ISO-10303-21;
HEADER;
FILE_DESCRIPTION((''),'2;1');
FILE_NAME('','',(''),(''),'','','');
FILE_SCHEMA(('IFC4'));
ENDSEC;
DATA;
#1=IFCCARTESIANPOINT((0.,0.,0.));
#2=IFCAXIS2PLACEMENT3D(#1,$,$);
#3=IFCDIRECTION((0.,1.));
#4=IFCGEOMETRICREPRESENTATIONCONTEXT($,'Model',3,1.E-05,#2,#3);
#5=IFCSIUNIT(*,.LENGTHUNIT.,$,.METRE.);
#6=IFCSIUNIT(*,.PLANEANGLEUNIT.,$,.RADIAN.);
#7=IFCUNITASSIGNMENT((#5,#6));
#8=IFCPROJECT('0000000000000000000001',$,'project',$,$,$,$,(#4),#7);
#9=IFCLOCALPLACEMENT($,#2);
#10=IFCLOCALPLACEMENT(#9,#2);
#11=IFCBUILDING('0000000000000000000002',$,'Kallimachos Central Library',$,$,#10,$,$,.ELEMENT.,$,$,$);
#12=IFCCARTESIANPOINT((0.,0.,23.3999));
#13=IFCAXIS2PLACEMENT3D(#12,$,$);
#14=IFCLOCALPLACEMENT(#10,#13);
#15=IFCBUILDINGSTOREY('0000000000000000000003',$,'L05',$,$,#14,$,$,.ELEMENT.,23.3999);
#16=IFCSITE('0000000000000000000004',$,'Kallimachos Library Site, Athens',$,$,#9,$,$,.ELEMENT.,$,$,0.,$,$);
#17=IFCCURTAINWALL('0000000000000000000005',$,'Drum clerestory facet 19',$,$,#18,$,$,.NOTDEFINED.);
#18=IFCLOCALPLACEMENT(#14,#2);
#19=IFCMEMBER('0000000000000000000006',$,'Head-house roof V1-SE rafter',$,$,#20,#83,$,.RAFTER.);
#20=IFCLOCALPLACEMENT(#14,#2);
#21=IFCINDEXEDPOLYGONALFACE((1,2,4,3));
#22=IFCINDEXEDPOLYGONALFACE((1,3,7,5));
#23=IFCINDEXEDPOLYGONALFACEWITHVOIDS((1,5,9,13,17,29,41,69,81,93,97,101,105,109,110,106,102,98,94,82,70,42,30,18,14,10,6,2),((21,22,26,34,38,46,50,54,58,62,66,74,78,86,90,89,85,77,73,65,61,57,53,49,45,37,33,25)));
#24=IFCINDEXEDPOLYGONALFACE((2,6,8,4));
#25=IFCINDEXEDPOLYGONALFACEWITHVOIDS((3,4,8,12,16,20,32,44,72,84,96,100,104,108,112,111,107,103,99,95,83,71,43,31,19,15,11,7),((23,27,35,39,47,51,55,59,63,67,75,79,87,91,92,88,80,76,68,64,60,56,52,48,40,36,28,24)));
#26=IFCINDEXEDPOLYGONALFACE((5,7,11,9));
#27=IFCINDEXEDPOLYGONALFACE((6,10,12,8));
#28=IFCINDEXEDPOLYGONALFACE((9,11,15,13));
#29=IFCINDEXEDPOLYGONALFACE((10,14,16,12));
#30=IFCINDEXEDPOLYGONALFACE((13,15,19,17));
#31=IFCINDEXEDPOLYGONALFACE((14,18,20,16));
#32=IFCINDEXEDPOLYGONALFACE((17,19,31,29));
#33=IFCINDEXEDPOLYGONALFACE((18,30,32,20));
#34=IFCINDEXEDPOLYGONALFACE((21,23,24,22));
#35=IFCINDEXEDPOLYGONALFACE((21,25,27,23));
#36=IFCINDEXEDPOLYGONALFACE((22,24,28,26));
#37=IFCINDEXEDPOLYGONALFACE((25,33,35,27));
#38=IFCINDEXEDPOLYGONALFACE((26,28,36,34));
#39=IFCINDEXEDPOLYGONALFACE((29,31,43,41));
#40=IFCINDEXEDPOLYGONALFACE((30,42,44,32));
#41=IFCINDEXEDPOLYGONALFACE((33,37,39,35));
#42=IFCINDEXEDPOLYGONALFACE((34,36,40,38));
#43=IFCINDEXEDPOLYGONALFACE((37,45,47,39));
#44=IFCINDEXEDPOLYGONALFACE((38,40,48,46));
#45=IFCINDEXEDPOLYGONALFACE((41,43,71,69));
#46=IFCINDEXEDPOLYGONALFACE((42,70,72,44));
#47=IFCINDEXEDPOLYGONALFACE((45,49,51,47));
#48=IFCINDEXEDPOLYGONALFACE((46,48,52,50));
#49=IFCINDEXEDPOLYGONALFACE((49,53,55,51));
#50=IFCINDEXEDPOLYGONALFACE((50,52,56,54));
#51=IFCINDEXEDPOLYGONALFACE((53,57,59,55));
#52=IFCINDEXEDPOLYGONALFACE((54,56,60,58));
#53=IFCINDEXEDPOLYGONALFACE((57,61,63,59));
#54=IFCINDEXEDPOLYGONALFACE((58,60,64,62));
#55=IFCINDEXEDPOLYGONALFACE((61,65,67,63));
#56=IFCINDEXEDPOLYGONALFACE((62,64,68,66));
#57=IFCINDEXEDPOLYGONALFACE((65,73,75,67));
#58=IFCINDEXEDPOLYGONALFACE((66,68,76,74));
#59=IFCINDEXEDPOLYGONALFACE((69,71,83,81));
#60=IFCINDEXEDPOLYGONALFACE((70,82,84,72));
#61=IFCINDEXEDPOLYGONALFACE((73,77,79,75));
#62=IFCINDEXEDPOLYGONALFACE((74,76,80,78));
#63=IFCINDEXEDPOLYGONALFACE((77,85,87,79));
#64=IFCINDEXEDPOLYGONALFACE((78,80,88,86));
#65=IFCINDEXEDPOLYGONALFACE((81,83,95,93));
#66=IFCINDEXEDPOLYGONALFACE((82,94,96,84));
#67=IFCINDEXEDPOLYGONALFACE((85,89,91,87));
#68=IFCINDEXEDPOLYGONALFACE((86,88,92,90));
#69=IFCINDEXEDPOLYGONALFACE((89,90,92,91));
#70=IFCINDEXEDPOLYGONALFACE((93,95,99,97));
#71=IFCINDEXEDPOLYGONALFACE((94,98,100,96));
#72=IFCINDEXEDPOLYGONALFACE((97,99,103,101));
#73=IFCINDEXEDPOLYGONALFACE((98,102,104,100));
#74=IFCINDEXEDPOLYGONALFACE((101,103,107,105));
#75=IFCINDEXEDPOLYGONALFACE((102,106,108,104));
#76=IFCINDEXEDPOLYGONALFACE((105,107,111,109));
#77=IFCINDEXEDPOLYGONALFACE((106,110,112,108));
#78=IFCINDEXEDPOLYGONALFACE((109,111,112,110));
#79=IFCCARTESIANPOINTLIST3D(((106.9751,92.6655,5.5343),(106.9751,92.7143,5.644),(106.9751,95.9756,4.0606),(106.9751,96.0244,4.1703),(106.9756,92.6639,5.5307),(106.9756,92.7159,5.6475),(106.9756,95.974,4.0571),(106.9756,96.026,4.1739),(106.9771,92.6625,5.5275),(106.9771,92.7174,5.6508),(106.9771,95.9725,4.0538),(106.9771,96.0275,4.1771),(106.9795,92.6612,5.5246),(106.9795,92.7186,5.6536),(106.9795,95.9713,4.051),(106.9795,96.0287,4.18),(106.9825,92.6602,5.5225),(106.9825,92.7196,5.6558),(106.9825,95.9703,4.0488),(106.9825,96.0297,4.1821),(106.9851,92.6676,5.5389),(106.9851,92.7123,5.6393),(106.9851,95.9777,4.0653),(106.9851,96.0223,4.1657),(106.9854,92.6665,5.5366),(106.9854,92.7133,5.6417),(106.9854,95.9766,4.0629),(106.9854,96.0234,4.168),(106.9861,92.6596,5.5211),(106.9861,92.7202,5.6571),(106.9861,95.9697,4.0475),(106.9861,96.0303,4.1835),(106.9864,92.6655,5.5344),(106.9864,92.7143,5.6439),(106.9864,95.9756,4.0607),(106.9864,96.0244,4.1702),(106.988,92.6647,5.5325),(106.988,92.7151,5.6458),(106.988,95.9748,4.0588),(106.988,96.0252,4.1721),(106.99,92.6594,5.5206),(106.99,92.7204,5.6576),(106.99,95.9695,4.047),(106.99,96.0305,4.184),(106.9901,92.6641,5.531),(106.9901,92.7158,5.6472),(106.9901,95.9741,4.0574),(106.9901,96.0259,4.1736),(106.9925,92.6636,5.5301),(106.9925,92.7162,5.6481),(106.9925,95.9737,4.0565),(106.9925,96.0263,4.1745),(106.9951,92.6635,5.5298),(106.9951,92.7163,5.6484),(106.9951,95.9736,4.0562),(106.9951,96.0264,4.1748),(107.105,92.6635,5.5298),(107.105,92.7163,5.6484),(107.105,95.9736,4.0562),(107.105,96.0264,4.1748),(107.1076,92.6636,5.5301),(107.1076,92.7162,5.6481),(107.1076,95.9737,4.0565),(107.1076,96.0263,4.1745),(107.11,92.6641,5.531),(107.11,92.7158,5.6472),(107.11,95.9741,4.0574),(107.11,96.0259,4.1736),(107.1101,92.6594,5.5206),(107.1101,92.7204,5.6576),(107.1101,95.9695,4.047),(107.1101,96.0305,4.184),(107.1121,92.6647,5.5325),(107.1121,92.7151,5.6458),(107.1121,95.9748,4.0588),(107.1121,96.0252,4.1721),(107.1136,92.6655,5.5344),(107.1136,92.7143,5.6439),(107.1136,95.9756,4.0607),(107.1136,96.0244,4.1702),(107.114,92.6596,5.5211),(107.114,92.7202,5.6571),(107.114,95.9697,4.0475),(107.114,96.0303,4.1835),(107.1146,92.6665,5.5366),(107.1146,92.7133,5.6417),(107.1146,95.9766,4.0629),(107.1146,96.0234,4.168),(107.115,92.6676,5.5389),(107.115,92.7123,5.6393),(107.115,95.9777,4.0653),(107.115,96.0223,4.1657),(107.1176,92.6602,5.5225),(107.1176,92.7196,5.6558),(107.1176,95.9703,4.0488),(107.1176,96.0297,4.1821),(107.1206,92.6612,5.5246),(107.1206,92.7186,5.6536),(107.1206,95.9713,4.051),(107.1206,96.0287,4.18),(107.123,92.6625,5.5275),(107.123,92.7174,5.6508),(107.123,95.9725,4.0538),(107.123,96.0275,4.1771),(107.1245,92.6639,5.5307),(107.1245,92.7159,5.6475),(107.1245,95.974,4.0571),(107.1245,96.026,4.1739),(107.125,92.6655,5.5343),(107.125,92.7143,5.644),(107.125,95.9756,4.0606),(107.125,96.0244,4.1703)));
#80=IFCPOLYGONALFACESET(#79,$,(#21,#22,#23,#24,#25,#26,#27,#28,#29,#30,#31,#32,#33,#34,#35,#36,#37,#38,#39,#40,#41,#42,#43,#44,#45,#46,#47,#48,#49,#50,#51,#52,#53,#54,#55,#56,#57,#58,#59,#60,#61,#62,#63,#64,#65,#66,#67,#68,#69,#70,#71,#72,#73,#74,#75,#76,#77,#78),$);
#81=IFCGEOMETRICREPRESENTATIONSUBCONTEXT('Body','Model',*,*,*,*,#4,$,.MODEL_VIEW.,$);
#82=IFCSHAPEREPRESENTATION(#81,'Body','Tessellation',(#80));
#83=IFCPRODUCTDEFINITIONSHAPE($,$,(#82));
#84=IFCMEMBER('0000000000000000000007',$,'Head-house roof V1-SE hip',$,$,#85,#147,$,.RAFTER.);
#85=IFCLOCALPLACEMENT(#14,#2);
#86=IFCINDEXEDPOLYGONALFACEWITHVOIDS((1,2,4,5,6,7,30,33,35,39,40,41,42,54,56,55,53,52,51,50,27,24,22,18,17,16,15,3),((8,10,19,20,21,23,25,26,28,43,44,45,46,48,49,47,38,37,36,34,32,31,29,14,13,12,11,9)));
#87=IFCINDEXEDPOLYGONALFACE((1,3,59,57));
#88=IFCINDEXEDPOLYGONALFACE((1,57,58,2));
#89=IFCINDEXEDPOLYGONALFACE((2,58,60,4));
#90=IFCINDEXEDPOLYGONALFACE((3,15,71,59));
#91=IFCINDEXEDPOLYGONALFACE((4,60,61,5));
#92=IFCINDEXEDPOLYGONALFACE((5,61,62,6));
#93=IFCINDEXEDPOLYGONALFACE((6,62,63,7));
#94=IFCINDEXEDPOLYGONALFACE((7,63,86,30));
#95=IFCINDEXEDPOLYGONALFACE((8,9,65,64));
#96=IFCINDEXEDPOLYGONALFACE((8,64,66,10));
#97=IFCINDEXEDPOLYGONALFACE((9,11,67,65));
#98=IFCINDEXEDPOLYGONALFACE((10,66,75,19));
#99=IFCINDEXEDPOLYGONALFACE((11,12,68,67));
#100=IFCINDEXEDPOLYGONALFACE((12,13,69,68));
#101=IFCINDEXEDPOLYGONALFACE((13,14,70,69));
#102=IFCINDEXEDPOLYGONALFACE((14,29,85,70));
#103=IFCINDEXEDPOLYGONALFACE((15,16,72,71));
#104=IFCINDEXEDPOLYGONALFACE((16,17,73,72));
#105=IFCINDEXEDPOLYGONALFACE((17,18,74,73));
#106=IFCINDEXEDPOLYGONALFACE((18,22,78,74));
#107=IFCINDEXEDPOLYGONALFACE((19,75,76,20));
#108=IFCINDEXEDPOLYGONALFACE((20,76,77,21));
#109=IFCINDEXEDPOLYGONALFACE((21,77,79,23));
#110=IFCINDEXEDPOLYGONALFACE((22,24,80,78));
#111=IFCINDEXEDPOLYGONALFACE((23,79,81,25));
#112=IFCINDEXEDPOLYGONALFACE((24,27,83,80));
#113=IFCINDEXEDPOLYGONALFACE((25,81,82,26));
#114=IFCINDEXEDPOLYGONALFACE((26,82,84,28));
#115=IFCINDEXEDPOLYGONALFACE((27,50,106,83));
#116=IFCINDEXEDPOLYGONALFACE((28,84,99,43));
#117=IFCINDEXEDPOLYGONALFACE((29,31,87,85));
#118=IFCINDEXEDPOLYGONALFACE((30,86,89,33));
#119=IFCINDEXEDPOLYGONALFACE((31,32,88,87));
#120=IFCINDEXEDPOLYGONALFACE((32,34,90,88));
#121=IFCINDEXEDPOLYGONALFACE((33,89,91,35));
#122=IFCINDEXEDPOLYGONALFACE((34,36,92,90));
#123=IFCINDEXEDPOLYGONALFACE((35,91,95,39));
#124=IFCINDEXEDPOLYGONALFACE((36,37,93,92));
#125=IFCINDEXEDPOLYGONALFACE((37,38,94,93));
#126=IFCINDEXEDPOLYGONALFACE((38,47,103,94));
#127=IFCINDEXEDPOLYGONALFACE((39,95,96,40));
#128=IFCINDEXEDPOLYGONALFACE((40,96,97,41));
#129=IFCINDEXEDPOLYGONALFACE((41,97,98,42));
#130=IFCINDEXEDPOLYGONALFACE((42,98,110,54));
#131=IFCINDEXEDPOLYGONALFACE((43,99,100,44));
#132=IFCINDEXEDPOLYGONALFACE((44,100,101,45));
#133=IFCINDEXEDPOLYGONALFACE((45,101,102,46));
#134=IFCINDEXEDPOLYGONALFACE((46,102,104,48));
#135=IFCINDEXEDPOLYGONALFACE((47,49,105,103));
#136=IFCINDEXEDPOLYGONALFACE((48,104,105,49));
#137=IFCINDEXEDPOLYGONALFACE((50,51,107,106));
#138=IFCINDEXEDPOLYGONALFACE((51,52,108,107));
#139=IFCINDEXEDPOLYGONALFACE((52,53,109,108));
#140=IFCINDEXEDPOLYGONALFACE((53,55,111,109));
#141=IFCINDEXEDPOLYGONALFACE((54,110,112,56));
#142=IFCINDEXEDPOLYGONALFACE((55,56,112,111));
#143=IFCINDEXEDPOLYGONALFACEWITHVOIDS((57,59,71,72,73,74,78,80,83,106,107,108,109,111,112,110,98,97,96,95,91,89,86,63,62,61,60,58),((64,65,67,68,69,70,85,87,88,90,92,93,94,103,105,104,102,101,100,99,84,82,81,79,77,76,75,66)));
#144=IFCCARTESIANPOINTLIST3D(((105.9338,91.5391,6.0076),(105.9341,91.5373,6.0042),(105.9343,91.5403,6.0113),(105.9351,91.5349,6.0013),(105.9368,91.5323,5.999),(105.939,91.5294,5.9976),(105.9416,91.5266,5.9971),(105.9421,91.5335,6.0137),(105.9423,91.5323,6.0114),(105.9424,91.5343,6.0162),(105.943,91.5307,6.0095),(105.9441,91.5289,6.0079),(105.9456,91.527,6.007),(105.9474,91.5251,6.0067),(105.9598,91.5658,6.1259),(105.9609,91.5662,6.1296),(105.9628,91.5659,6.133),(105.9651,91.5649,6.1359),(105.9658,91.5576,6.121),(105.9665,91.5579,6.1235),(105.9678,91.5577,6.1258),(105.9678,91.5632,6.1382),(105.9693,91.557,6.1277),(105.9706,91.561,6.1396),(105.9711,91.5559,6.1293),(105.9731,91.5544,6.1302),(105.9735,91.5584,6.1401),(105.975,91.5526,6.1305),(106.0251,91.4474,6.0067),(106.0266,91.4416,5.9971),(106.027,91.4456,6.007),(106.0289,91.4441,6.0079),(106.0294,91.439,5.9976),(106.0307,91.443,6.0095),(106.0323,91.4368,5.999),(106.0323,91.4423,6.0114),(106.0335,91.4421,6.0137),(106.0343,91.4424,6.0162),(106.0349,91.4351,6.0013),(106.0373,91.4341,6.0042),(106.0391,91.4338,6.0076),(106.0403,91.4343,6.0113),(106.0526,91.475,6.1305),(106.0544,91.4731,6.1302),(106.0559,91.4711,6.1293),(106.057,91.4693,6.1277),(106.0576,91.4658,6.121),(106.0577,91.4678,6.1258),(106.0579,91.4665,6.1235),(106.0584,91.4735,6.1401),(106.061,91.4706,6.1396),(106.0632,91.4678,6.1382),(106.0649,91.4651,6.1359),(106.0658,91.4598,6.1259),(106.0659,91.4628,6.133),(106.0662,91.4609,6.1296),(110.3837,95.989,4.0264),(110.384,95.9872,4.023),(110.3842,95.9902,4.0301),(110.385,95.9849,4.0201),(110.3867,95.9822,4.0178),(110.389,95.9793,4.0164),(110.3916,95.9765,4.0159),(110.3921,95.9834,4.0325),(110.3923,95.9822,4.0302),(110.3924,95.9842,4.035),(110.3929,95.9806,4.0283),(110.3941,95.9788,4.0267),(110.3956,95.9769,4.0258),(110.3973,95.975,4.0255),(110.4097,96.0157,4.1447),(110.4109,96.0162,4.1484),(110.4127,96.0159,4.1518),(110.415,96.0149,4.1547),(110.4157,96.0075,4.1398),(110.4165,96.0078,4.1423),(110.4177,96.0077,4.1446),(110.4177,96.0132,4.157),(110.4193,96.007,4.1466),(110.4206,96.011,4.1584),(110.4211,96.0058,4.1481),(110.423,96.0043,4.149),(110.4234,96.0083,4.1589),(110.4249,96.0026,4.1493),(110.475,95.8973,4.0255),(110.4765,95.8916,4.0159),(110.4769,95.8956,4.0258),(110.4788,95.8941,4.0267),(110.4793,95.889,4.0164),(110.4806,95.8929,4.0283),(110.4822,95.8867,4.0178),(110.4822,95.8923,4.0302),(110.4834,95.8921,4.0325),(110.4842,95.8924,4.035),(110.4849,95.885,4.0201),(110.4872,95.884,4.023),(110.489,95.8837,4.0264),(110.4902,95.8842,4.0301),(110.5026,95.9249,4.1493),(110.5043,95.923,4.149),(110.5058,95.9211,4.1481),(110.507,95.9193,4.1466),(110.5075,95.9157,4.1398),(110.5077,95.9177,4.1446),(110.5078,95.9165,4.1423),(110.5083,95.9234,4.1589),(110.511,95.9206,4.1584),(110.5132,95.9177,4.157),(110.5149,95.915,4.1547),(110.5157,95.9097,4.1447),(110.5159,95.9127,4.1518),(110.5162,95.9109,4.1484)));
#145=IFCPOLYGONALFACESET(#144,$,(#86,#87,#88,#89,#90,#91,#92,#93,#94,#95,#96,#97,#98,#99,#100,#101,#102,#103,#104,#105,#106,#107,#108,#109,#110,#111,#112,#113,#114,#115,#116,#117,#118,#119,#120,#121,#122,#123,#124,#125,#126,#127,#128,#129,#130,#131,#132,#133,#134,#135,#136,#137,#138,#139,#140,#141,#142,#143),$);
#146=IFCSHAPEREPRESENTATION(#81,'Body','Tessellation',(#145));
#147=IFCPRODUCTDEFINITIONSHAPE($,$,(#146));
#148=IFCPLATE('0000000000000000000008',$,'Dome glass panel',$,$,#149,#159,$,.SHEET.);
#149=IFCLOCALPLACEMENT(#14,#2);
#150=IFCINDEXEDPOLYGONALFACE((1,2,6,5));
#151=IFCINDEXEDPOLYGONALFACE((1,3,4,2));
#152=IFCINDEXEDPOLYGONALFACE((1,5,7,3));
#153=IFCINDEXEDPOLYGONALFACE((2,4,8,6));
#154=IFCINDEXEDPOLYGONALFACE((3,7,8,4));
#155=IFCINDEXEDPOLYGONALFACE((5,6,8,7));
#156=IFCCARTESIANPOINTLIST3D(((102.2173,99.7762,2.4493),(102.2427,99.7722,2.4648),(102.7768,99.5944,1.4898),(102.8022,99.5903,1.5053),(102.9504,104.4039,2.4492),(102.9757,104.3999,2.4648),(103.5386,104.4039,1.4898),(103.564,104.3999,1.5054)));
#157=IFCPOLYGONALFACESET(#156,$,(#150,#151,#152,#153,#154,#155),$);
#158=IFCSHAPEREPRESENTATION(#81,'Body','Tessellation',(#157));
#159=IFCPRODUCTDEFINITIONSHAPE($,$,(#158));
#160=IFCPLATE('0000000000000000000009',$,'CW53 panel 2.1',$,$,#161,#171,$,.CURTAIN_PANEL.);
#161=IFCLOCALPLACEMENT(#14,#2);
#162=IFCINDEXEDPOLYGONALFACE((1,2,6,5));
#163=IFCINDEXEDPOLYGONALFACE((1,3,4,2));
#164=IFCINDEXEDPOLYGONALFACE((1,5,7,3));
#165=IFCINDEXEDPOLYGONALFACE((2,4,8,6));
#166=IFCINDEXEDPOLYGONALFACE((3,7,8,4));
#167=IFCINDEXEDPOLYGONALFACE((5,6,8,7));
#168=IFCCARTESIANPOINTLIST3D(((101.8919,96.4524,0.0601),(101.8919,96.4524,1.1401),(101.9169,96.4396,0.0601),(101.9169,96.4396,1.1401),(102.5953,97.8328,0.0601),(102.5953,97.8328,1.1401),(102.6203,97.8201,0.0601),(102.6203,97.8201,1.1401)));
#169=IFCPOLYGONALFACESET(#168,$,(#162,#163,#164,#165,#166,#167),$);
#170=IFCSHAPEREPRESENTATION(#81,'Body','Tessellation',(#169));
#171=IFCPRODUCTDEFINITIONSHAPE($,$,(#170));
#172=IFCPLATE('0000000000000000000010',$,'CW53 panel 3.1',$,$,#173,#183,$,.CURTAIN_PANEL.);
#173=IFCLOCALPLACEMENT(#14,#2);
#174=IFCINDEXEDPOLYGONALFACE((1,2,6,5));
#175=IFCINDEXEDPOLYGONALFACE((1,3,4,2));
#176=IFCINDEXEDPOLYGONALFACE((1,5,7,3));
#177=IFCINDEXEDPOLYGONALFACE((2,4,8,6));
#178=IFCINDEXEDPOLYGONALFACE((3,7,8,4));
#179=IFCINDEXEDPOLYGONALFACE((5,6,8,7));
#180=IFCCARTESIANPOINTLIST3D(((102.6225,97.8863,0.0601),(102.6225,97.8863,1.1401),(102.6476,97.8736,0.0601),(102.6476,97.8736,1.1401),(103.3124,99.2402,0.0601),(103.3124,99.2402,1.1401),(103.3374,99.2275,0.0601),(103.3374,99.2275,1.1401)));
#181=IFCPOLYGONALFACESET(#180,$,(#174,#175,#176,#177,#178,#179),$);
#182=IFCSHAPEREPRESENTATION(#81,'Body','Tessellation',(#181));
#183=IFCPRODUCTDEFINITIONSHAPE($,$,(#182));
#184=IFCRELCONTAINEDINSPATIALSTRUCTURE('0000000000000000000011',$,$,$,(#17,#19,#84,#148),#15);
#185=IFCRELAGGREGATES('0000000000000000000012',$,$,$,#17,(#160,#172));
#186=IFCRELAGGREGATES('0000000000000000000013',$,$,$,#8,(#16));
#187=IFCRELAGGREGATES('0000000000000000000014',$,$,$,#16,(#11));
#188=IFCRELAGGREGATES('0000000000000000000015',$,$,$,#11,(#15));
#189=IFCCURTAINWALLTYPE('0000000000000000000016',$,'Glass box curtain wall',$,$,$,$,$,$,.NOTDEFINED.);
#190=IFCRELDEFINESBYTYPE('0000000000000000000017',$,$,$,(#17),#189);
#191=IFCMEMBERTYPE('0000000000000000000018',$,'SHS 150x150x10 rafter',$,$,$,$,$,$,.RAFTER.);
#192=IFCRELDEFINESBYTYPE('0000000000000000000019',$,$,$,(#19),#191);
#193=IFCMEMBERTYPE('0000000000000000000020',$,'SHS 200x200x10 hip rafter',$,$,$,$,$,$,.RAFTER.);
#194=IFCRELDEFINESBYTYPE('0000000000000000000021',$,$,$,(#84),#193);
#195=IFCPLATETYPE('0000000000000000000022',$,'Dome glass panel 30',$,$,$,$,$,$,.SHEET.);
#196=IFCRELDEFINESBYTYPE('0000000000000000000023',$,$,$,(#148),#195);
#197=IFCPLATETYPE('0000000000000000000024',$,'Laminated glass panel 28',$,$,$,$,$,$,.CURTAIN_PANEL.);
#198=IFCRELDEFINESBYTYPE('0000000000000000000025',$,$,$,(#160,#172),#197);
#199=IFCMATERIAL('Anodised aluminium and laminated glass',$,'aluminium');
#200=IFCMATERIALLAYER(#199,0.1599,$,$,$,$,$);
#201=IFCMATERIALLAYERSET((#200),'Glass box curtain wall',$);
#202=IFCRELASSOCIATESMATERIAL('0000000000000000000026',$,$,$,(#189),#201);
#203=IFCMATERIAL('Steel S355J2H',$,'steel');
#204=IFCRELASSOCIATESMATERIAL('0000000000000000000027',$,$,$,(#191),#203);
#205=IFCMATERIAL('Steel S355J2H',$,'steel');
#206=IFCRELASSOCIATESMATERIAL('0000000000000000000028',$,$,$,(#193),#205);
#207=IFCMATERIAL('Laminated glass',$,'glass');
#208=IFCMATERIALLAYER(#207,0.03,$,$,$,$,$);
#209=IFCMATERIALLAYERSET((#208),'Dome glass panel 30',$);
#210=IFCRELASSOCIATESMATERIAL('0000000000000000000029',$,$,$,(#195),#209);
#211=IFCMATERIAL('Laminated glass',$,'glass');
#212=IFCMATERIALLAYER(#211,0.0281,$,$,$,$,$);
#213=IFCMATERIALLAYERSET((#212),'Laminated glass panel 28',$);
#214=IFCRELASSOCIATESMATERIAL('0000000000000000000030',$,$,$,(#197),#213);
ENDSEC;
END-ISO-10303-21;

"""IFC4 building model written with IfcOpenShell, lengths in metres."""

from ifc_helpers import new_model, si_unit, direction, frame, origin, origin_2d, place, context, subcontext, project, spatial, polyline, rectangle, hollow_rectangle, outline, extrude, material, layer, layer_set, material_profile, profile_set, type_object, element, aggregate, save


model = new_model("IFC4")

# Units and contexts
model_context = context("Model", 3, precision=1e-05, world=origin(), true_north=direction((0.0, 1.0)))
body_context = subcontext(model_context, "Body", "Model", "MODEL_VIEW")
ifc_project = project(units=[si_unit("LENGTHUNIT", "METRE"), si_unit("PLANEANGLEUNIT", "RADIAN")], contexts=[model_context])

# Site, building, storey
site_placement = place(None, origin())
site = spatial("IfcSite", under=ifc_project, at=site_placement, Name="Kallimachos Library Site, Athens", CompositionType="ELEMENT", RefElevation=0.0)
building_placement = place(site_placement, origin())
building = spatial("IfcBuilding", under=site, at=building_placement, Name="Kallimachos Central Library", CompositionType="ELEMENT")
storey_placement = place(building_placement, frame((0.0, 0.0, 23.3999)))
storey = spatial("IfcBuildingStorey", under=building, at=storey_placement, Name="L05", CompositionType="ELEMENT", Elevation=23.3999)

# Curtain wall
ifc_material_1 = material(Name="Anodised aluminium and laminated glass", Category="aluminium")
ifc_layer_1 = layer(ifc_material_1, 0.1599)
ifc_layer_set_1 = layer_set([ifc_layer_1], Name="Glass box curtain wall")
curtain_wall_type = type_object("IfcCurtainWallType", Name="Glass box curtain wall", PredefinedType="NOTDEFINED", material=ifc_layer_set_1)
curtain_wall_1_placement = place(storey_placement, origin())
curtain_wall_1 = element("IfcCurtainWall", 1, at=curtain_wall_1_placement, inside=storey, type_object=curtain_wall_type, Name="Drum clerestory facet 19", PredefinedType="NOTDEFINED")

# Members
ifc_material_2 = material(Name="Steel S355J2H", Category="steel")
ifc_material_profile_1 = material_profile(ifc_material_2, hollow_rectangle(XDim=0.1499, YDim=0.1499, WallThickness=0.01, InnerFilletRadius=0.01, OuterFilletRadius=0.0149, at=origin_2d()), Name="SHS 150x150x10")
ifc_profile_set_1 = profile_set([ifc_material_profile_1], Name="Steel S355J2H")
member_type_1 = type_object("IfcMemberType", Name="SHS 150x150x10 rafter", PredefinedType="RAFTER", material=ifc_profile_set_1)
member_1_placement = place(storey_placement, frame((107.05, 96.0, 4.1155), z_axis=(0.0, -0.913556, 0.406714), x_axis=(1.0, 0.0, 0.0)))
element("IfcMember", 2, at=member_1_placement, inside=storey, type_object=member_type_1, Name="Head-house roof V1-SE rafter", PredefinedType="RAFTER", context=body_context, shape_type="SweptSolid", body=[
    extrude(hollow_rectangle(XDim=0.1499, YDim=0.1499, WallThickness=0.01, InnerFilletRadius=0.01, OuterFilletRadius=0.0149, at=origin_2d()), origin(), (0.0, 0.0, 1.0), 3.6233),
])
ifc_material_3 = material(Name="Steel S355J2H", Category="steel")
ifc_material_profile_2 = material_profile(ifc_material_3, hollow_rectangle(XDim=0.1499, YDim=0.1499, WallThickness=0.01, InnerFilletRadius=0.01, OuterFilletRadius=0.0149, at=origin_2d()), Name="SHS 150x150x10")
ifc_profile_set_2 = profile_set([ifc_material_profile_2], Name="Steel S355J2H")
member_type_2 = type_object("IfcMemberType", Name="SHS 200x200x10 hip rafter", PredefinedType="RAFTER", material=ifc_profile_set_2)
member_2_placement = place(storey_placement, frame((110.45, 95.95, 4.0874), z_axis=(-0.674473, -0.674473, 0.300288), x_axis=(0.707107, -0.707107, 0.0)))
element("IfcMember", 3, at=member_2_placement, inside=storey, type_object=member_type_2, Name="Head-house roof V1-SE hip", PredefinedType="RAFTER", context=body_context, shape_type="SweptSolid", body=[
    extrude(hollow_rectangle(XDim=0.1499, YDim=0.1499, WallThickness=0.01, InnerFilletRadius=0.01, OuterFilletRadius=0.0149, at=origin_2d()), origin(), (0.0, 0.0, 1.0), 6.5977),
])

# Plates
ifc_material_4 = material(Name="Laminated glass", Category="glass")
ifc_layer_2 = layer(ifc_material_4, 0.03)
ifc_layer_set_2 = layer_set([ifc_layer_2], Name="Dome glass panel 30")
plate_type_1 = type_object("IfcPlateType", Name="Dome glass panel 30", PredefinedType="SHEET", material=ifc_layer_set_2)
plate_1_placement = place(storey_placement, frame((102.2427, 99.7722, 2.4648), z_axis=(0.844856, -0.133826, 0.517986), x_axis=(0.497089, -0.161589, -0.852521)))
element("IfcPlate", 4, at=plate_1_placement, inside=storey, type_object=plate_type_1, Name="Dome glass panel", PredefinedType="SHEET", context=body_context, shape_type="SweptSolid", body=[
    extrude(outline(polyline([(0.0, 0.0), (1.1255, 0.0), (0.727, 4.8532), (-0.3833, 4.6697), (0.0, 0.0)])), origin(), (0.0, 0.0, -1.0), 0.03),
])
ifc_material_5 = material(Name="Laminated glass", Category="glass")
ifc_layer_3 = layer(ifc_material_5, 0.0281)
ifc_layer_set_3 = layer_set([ifc_layer_3], Name="Laminated glass panel 28")
plate_type_2 = type_object("IfcPlateType", Name="Laminated glass panel 28", PredefinedType="CURTAIN_PANEL", material=ifc_layer_set_3)
plate_2_placement = place(storey_placement, frame((102.2561, 97.1362, 0.0601), z_axis=(0.0, 0.0, 1.0), x_axis=(0.453991, 0.891006, 0.0)))
plate_2 = element("IfcPlate", 5, at=plate_2_placement, type_object=plate_type_2, Name="CW53 panel 2.1", PredefinedType="CURTAIN_PANEL", context=body_context, shape_type="SweptSolid", body=[
    extrude(rectangle(XDim=1.5493, YDim=0.0281, at=origin_2d()), origin(), (0.0, 0.0, 1.0), 1.0801),
])
plate_3_placement = place(storey_placement, frame((102.98, 98.5569, 0.0601), z_axis=(0.0, 0.0, 1.0), x_axis=(0.453991, 0.891006, 0.0)))
plate_3 = element("IfcPlate", 6, at=plate_3_placement, type_object=plate_type_2, Name="CW53 panel 3.1", PredefinedType="CURTAIN_PANEL", context=body_context, shape_type="SweptSolid", body=[
    extrude(rectangle(XDim=1.5195, YDim=0.0281, at=origin_2d()), origin(), (0.0, 0.0, 1.0), 1.0801),
])
aggregate(curtain_wall_1, [plate_2, plate_3])

save(model, "model.ifc")
